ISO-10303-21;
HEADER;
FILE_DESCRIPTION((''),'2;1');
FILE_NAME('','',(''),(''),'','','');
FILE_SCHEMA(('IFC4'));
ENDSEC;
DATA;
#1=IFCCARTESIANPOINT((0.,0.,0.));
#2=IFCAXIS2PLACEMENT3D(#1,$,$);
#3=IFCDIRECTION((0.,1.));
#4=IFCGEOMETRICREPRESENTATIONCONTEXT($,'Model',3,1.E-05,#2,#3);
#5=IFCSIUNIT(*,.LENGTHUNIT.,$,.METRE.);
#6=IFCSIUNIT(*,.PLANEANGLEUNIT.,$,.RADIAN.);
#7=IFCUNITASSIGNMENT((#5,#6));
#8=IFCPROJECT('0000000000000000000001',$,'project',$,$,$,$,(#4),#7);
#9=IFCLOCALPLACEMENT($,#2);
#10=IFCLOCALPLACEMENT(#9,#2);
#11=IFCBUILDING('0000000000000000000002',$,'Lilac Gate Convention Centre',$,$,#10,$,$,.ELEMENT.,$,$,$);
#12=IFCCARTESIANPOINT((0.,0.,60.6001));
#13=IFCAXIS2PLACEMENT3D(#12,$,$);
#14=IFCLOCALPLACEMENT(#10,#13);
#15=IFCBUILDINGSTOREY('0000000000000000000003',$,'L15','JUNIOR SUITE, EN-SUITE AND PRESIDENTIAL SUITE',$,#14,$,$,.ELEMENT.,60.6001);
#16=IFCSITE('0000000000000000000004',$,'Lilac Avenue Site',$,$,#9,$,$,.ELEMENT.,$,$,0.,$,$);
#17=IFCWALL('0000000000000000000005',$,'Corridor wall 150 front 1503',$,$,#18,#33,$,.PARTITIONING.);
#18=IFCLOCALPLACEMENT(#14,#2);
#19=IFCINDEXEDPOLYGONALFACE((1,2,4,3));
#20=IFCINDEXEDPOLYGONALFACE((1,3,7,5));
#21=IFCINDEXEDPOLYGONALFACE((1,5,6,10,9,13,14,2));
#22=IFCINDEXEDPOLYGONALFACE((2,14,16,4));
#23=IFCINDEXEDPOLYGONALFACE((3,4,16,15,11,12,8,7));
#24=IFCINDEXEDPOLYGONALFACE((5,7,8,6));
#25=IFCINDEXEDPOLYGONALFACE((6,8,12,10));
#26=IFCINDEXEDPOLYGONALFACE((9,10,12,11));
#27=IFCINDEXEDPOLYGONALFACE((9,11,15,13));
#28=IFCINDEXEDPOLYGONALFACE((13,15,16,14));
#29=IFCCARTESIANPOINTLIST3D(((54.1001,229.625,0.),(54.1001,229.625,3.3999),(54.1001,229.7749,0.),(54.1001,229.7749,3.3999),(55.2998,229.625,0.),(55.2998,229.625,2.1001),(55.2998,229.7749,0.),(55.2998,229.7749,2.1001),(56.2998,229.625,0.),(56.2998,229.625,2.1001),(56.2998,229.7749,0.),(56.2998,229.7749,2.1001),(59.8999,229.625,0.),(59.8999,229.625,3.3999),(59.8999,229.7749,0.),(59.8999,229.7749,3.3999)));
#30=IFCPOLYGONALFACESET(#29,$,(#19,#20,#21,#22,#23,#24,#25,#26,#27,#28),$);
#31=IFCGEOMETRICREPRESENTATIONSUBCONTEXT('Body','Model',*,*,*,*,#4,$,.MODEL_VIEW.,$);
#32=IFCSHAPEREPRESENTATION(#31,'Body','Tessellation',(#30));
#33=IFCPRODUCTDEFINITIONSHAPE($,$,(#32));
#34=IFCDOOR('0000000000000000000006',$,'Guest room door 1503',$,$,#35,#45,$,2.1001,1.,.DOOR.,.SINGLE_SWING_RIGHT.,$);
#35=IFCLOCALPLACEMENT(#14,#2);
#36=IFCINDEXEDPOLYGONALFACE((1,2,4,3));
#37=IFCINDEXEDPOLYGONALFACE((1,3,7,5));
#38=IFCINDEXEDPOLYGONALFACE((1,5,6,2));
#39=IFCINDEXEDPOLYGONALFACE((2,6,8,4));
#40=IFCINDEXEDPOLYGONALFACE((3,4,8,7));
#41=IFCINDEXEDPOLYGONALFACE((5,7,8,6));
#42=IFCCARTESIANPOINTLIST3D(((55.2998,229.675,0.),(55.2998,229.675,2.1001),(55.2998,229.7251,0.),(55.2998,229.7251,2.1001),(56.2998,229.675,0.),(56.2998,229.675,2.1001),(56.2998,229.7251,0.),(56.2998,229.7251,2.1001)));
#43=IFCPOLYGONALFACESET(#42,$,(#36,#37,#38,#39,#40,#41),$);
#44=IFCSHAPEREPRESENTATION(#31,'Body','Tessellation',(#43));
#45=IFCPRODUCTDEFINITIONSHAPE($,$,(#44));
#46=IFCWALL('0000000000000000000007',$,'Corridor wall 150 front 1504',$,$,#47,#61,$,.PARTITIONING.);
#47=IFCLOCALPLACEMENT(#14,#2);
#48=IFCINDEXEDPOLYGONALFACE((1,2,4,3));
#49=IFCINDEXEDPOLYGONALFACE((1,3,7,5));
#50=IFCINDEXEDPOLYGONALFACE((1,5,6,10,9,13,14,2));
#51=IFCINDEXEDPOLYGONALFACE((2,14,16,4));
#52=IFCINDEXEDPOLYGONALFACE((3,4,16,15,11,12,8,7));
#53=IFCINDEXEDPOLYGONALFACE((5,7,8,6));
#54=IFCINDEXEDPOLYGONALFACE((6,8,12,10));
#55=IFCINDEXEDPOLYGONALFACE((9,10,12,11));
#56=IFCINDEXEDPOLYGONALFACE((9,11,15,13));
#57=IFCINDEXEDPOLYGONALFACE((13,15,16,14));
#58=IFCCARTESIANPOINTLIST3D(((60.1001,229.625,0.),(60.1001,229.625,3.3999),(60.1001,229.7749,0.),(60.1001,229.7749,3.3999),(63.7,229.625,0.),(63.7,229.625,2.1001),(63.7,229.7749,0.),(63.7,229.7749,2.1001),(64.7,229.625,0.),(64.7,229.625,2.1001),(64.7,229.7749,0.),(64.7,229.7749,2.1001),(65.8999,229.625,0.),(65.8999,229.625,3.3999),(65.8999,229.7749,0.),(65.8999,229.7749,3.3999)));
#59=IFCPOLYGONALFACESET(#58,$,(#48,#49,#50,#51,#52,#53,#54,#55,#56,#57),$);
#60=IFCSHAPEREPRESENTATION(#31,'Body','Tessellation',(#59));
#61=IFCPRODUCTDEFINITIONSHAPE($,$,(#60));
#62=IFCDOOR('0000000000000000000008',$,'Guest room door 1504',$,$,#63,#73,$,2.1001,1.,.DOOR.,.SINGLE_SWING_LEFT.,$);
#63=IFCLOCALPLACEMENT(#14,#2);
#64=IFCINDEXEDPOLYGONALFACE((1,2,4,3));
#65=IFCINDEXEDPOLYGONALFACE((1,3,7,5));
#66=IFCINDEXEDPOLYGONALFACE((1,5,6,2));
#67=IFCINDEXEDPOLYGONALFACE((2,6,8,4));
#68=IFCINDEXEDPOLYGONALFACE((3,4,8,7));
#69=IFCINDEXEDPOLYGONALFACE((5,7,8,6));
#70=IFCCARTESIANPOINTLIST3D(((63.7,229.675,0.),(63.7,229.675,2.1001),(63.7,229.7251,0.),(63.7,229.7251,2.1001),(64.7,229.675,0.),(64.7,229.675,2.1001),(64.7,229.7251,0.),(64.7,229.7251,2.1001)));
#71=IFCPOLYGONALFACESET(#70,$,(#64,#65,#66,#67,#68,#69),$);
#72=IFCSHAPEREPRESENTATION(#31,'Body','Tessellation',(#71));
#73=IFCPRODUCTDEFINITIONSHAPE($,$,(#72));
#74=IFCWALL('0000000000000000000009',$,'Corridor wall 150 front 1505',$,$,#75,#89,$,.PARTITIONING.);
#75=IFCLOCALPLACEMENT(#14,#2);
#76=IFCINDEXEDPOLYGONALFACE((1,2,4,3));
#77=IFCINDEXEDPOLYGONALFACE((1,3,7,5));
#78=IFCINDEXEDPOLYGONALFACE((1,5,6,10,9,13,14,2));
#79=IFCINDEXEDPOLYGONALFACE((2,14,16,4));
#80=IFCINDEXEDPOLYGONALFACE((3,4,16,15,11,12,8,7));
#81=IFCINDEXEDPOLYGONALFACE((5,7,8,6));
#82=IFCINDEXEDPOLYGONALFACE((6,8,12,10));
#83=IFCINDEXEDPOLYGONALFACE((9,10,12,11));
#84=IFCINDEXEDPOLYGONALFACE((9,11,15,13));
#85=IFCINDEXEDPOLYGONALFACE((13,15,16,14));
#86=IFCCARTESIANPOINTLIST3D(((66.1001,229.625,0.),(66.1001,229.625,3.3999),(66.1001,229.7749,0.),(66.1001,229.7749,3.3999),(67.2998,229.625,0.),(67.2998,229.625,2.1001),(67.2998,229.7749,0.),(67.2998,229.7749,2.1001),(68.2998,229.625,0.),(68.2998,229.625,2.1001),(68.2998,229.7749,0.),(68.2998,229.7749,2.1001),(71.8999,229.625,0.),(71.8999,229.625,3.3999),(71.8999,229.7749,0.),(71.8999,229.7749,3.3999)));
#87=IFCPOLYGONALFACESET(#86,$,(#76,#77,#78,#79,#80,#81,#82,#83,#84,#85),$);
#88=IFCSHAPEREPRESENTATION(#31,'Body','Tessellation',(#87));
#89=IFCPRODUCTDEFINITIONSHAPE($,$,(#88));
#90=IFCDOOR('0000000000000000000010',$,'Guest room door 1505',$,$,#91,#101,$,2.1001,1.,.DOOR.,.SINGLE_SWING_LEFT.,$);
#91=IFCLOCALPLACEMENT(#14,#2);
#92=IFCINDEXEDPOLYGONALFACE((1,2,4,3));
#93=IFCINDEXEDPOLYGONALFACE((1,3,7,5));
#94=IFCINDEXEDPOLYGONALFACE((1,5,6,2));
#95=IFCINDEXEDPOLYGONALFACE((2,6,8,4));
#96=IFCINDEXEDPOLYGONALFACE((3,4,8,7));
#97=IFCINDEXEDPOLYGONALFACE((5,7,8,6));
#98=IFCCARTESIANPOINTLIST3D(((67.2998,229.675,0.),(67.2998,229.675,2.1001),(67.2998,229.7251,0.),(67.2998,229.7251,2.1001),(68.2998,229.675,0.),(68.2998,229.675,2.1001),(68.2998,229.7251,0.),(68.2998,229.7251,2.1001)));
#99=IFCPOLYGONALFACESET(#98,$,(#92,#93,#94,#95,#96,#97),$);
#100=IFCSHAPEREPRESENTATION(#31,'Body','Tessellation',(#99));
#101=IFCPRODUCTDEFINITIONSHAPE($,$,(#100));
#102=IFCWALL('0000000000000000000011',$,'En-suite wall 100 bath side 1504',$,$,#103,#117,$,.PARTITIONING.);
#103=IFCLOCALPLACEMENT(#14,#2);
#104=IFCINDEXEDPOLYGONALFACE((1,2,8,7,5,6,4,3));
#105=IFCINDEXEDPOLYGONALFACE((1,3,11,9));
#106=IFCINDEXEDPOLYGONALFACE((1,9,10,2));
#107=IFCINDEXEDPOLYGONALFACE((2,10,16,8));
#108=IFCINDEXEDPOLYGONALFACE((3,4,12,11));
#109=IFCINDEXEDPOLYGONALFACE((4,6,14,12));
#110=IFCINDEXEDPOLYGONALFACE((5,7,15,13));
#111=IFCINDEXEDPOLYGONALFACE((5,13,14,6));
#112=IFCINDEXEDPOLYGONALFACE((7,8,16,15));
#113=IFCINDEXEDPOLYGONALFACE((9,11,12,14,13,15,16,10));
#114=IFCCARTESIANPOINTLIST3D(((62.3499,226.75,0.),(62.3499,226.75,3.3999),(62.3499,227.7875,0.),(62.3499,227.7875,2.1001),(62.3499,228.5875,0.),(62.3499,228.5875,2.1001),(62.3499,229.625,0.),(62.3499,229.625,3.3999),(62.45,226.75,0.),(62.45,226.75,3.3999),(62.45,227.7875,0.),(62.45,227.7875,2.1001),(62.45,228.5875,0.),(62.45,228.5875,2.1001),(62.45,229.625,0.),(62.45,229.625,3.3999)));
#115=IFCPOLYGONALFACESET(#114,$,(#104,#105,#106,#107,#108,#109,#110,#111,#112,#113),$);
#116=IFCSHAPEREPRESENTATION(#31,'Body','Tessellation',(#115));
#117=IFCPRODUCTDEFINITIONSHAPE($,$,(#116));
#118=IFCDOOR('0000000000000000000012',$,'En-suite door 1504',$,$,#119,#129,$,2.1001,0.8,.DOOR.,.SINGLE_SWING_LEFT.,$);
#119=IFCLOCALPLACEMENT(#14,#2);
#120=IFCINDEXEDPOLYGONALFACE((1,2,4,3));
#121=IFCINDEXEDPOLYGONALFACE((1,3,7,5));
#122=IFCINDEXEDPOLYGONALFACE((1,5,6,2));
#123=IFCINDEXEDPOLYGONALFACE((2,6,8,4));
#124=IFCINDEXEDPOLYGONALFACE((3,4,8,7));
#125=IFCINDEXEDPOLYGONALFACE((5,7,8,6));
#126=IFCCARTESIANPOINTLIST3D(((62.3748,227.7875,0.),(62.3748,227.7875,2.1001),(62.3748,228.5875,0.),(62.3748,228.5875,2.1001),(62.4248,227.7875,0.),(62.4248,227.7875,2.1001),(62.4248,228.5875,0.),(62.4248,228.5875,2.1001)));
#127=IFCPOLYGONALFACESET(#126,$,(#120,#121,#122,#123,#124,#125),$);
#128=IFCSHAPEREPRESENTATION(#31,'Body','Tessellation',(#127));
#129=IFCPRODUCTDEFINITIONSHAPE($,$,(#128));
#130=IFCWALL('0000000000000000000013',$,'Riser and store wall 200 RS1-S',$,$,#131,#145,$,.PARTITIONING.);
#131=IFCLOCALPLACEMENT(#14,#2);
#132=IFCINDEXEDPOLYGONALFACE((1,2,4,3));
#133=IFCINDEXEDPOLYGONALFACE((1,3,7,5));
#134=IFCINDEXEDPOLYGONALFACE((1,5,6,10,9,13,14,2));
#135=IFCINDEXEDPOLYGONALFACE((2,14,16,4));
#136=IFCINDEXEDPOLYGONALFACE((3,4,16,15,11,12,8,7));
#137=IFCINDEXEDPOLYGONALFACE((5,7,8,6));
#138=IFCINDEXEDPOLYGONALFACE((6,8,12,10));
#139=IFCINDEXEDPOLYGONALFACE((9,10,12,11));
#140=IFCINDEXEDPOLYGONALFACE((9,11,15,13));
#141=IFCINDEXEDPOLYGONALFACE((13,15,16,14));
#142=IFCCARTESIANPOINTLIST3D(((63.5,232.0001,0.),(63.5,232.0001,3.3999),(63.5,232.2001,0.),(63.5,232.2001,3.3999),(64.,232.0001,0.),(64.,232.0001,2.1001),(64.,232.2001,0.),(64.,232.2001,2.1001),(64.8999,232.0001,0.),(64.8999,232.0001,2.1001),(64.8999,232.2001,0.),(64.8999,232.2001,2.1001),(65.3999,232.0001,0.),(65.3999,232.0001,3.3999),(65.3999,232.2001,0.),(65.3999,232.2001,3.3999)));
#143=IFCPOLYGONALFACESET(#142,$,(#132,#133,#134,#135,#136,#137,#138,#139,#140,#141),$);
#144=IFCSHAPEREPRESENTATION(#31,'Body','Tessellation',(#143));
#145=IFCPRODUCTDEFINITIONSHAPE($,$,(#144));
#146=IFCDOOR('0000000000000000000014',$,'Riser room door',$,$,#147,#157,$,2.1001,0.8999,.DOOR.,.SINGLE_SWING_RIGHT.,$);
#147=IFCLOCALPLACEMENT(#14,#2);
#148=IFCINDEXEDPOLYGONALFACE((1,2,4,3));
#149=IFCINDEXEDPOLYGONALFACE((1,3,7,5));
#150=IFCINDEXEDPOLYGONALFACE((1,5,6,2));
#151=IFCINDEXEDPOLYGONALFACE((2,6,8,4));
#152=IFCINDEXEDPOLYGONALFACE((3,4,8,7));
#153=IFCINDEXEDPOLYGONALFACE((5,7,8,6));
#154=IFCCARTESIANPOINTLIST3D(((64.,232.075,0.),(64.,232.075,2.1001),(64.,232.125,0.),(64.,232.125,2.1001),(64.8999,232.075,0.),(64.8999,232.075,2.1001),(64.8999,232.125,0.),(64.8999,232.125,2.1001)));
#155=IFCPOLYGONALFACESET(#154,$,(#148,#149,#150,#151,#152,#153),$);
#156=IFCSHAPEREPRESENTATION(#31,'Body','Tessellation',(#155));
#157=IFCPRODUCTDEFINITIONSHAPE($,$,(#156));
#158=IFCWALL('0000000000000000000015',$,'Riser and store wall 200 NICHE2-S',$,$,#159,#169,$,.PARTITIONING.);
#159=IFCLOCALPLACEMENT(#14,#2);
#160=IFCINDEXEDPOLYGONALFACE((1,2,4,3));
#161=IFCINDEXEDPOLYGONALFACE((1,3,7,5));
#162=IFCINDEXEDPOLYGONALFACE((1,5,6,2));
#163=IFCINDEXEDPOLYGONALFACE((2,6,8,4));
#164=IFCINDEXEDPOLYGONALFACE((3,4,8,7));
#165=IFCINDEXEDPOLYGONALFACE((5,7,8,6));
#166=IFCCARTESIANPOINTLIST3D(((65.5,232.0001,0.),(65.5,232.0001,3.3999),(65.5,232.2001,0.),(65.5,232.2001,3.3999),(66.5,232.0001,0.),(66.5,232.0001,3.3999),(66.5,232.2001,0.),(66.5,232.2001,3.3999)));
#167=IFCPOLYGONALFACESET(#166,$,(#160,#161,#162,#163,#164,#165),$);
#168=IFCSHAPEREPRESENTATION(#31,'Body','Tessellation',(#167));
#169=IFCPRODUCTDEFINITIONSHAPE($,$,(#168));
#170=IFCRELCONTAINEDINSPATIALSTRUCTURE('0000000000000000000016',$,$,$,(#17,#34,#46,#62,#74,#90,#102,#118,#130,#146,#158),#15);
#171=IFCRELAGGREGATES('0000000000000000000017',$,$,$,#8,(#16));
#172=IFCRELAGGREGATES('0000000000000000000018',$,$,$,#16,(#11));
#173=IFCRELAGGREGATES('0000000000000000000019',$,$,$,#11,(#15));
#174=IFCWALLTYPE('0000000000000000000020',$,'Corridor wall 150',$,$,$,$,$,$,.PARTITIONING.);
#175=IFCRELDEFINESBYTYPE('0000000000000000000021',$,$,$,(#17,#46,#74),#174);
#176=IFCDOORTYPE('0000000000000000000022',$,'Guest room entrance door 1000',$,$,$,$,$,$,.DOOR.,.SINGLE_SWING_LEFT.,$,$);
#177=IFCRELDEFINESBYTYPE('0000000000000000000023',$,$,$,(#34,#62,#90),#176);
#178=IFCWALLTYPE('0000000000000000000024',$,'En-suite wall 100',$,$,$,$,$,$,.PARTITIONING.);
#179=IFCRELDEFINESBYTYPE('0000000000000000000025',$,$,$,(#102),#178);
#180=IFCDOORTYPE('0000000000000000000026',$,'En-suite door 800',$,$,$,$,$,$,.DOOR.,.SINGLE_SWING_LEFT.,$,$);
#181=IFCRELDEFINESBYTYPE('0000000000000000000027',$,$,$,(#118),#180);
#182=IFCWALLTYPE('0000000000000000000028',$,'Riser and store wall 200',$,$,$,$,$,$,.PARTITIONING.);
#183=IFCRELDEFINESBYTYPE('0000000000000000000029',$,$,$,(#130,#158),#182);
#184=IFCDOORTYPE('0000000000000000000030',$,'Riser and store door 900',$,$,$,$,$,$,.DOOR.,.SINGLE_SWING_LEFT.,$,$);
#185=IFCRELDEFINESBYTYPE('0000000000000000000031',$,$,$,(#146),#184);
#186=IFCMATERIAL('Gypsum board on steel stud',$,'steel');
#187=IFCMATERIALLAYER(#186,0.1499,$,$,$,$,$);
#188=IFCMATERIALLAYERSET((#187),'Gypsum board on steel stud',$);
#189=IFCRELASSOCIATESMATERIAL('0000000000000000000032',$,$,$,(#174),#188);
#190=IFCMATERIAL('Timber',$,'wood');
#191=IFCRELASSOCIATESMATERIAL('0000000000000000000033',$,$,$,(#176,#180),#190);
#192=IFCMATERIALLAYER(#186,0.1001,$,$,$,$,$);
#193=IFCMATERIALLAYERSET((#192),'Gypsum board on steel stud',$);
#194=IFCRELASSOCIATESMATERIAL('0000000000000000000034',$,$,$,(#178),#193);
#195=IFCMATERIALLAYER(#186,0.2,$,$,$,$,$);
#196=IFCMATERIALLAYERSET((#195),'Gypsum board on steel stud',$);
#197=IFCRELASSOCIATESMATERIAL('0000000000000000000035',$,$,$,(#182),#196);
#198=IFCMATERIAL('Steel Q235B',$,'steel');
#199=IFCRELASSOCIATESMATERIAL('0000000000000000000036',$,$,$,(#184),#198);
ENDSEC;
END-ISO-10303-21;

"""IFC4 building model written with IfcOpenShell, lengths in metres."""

from ifc_helpers import new_model, si_unit, direction, frame, frame_2d, origin, place, context, subcontext, project, spatial, rectangle, extrude, material, layer, layer_set, type_object, element, fill, save


model = new_model("IFC4")

# Units and contexts
model_context = context("Model", 3, precision=1e-05, world=origin(), true_north=direction((0.0, 1.0)))
body_context = subcontext(model_context, "Body", "Model", "MODEL_VIEW")
ifc_project = project(units=[si_unit("LENGTHUNIT", "METRE"), si_unit("PLANEANGLEUNIT", "RADIAN")], contexts=[model_context])

# Site, building, storey
site_placement = place(None, origin())
site = spatial("IfcSite", under=ifc_project, at=site_placement, Name="Lilac Avenue Site", CompositionType="ELEMENT", RefElevation=0.0)
building_placement = place(site_placement, origin())
building = spatial("IfcBuilding", under=site, at=building_placement, Name="Lilac Gate Convention Centre", CompositionType="ELEMENT")
storey_placement = place(building_placement, frame((0.0, 0.0, 60.6001)))
storey = spatial("IfcBuildingStorey", under=building, at=storey_placement, Name="L15", Description="JUNIOR SUITE, EN-SUITE AND PRESIDENTIAL SUITE", CompositionType="ELEMENT", Elevation=60.6001)

# Walls, openings, doors
ifc_material_1 = material(Name="Gypsum board on steel stud", Category="steel")
ifc_layer_1 = layer(ifc_material_1, 0.1499)
ifc_layer_set_1 = layer_set([ifc_layer_1], Name="Gypsum board on steel stud")
wall_type_1 = type_object("IfcWallType", Name="Corridor wall 150", PredefinedType="PARTITIONING", material=ifc_layer_set_1)
wall_1_placement = place(storey_placement, frame((59.8999, 229.7, 0.0), z_axis=(0.0, 0.0, 1.0), x_axis=(-1.0, 0.0, 0.0)))
wall_1 = element("IfcWall", 1, at=wall_1_placement, inside=storey, type_object=wall_type_1, Name="Corridor wall 150 front 1503", PredefinedType="PARTITIONING", context=body_context, shape_type="SweptSolid", body=[
    extrude(rectangle(XDim=5.7998, YDim=0.1499, at=frame_2d((2.8999, 0.0))), origin(), (0.0, 0.0, 1.0), 3.3999),
])
opening_1_placement = place(wall_1_placement, frame((3.6001, 0.0, 0.0)))
opening_1 = element("IfcOpeningElement", 2, at=opening_1_placement, cuts=wall_1, PredefinedType="OPENING", context=body_context, shape_type="SweptSolid", body=[
    extrude(rectangle(XDim=1.0, YDim=2.1001, at=frame_2d((0.5, 1.05))), frame((0.0, 0.085, 0.0), z_axis=(0.0, -1.0, 0.0), x_axis=(1.0, 0.0, 0.0)), (0.0, 0.0, 1.0), 0.1699),
])
ifc_material_2 = material(Name="Timber", Category="wood")
door_type_1 = type_object("IfcDoorType", Name="Guest room entrance door 1000", OperationType="SINGLE_SWING_LEFT", PredefinedType="DOOR", material=ifc_material_2)
door_1_placement = place(opening_1_placement, origin())
door_1 = element("IfcDoor", 3, at=door_1_placement, inside=storey, type_object=door_type_1, Name="Guest room door 1503", OperationType="SINGLE_SWING_RIGHT", OverallHeight=2.1001, OverallWidth=1.0, PredefinedType="DOOR", context=body_context, shape_type="SweptSolid", body=[
    extrude(rectangle(XDim=1.0, YDim=2.1001, at=frame_2d((0.5, 1.05))), frame((0.0, 0.0249, 0.0), z_axis=(0.0, -1.0, 0.0), x_axis=(1.0, 0.0, 0.0)), (0.0, 0.0, 1.0), 0.05),
])
fill(opening_1, door_1)
wall_2_placement = place(storey_placement, frame((65.8999, 229.7, 0.0), z_axis=(0.0, 0.0, 1.0), x_axis=(-1.0, 0.0, 0.0)))
wall_2 = element("IfcWall", 4, at=wall_2_placement, inside=storey, type_object=wall_type_1, Name="Corridor wall 150 front 1504", PredefinedType="PARTITIONING", context=body_context, shape_type="SweptSolid", body=[
    extrude(rectangle(XDim=5.7998, YDim=0.1499, at=frame_2d((2.8999, 0.0))), origin(), (0.0, 0.0, 1.0), 3.3999),
])
opening_2_placement = place(wall_2_placement, frame((1.2, 0.0, 0.0)))
opening_2 = element("IfcOpeningElement", 5, at=opening_2_placement, cuts=wall_2, PredefinedType="OPENING", context=body_context, shape_type="SweptSolid", body=[
    extrude(rectangle(XDim=1.0, YDim=2.1001, at=frame_2d((0.5, 1.05))), frame((0.0, 0.085, 0.0), z_axis=(0.0, -1.0, 0.0), x_axis=(1.0, 0.0, 0.0)), (0.0, 0.0, 1.0), 0.1699),
])
door_2_placement = place(opening_2_placement, origin())
door_2 = element("IfcDoor", 6, at=door_2_placement, inside=storey, type_object=door_type_1, Name="Guest room door 1504", OperationType="SINGLE_SWING_LEFT", OverallHeight=2.1001, OverallWidth=1.0, PredefinedType="DOOR", context=body_context, shape_type="SweptSolid", body=[
    extrude(rectangle(XDim=1.0, YDim=2.1001, at=frame_2d((0.5, 1.05))), frame((0.0, 0.0249, 0.0), z_axis=(0.0, -1.0, 0.0), x_axis=(1.0, 0.0, 0.0)), (0.0, 0.0, 1.0), 0.05),
])
fill(opening_2, door_2)
wall_3_placement = place(storey_placement, frame((71.8999, 229.7, 0.0), z_axis=(0.0, 0.0, 1.0), x_axis=(-1.0, 0.0, 0.0)))
wall_3 = element("IfcWall", 7, at=wall_3_placement, inside=storey, type_object=wall_type_1, Name="Corridor wall 150 front 1505", PredefinedType="PARTITIONING", context=body_context, shape_type="SweptSolid", body=[
    extrude(rectangle(XDim=5.7998, YDim=0.1499, at=frame_2d((2.8999, 0.0))), origin(), (0.0, 0.0, 1.0), 3.3999),
])
opening_3_placement = place(wall_3_placement, frame((3.6001, 0.0, 0.0)))
opening_3 = element("IfcOpeningElement", 8, at=opening_3_placement, cuts=wall_3, PredefinedType="OPENING", context=body_context, shape_type="SweptSolid", body=[
    extrude(rectangle(XDim=1.0, YDim=2.1001, at=frame_2d((0.5, 1.05))), frame((0.0, 0.085, 0.0), z_axis=(0.0, -1.0, 0.0), x_axis=(1.0, 0.0, 0.0)), (0.0, 0.0, 1.0), 0.1699),
])
door_3_placement = place(opening_3_placement, origin())
door_3 = element("IfcDoor", 9, at=door_3_placement, inside=storey, type_object=door_type_1, Name="Guest room door 1505", OperationType="SINGLE_SWING_LEFT", OverallHeight=2.1001, OverallWidth=1.0, PredefinedType="DOOR", context=body_context, shape_type="SweptSolid", body=[
    extrude(rectangle(XDim=1.0, YDim=2.1001, at=frame_2d((0.5, 1.05))), frame((0.0, 0.0249, 0.0), z_axis=(0.0, -1.0, 0.0), x_axis=(1.0, 0.0, 0.0)), (0.0, 0.0, 1.0), 0.05),
])
fill(opening_3, door_3)
ifc_layer_2 = layer(ifc_material_1, 0.1001)
ifc_layer_set_2 = layer_set([ifc_layer_2], Name="Gypsum board on steel stud")
wall_type_2 = type_object("IfcWallType", Name="En-suite wall 100", PredefinedType="PARTITIONING", material=ifc_layer_set_2)
wall_4_placement = place(storey_placement, frame((62.3999, 229.625, 0.0), z_axis=(0.0, 0.0, 1.0), x_axis=(0.0, -1.0, 0.0)))
wall_4 = element("IfcWall", 10, at=wall_4_placement, inside=storey, type_object=wall_type_2, Name="En-suite wall 100 bath side 1504", PredefinedType="PARTITIONING", context=body_context, shape_type="SweptSolid", body=[
    extrude(rectangle(XDim=2.875, YDim=0.1001, at=frame_2d((1.4375, 0.0))), origin(), (0.0, 0.0, 1.0), 3.3999),
])
opening_4_placement = place(wall_4_placement, frame((1.0376, 0.0, 0.0)))
opening_4 = element("IfcOpeningElement", 11, at=opening_4_placement, cuts=wall_4, PredefinedType="OPENING", context=body_context, shape_type="SweptSolid", body=[
    extrude(rectangle(XDim=0.8, YDim=2.1001, at=frame_2d((0.3999, 1.05))), frame((0.0, 0.0601, 0.0), z_axis=(0.0, -1.0, 0.0), x_axis=(1.0, 0.0, 0.0)), (0.0, 0.0, 1.0), 0.1201),
])
door_type_2 = type_object("IfcDoorType", Name="En-suite door 800", OperationType="SINGLE_SWING_LEFT", PredefinedType="DOOR", material=ifc_material_2)
door_4_placement = place(opening_4_placement, origin())
door_4 = element("IfcDoor", 12, at=door_4_placement, inside=storey, type_object=door_type_2, Name="En-suite door 1504", OperationType="SINGLE_SWING_LEFT", OverallHeight=2.1001, OverallWidth=0.8, PredefinedType="DOOR", context=body_context, shape_type="SweptSolid", body=[
    extrude(rectangle(XDim=0.8, YDim=2.1001, at=frame_2d((0.3999, 1.05))), frame((0.0, 0.0249, 0.0), z_axis=(0.0, -1.0, 0.0), x_axis=(1.0, 0.0, 0.0)), (0.0, 0.0, 1.0), 0.05),
])
fill(opening_4, door_4)
ifc_layer_3 = layer(ifc_material_1, 0.2)
ifc_layer_set_3 = layer_set([ifc_layer_3], Name="Gypsum board on steel stud")
wall_type_3 = type_object("IfcWallType", Name="Riser and store wall 200", PredefinedType="PARTITIONING", material=ifc_layer_set_3)
wall_5_placement = place(storey_placement, frame((63.5, 232.1001, 0.0), z_axis=(0.0, 0.0, 1.0), x_axis=(1.0, 0.0, 0.0)))
wall_5 = element("IfcWall", 13, at=wall_5_placement, inside=storey, type_object=wall_type_3, Name="Riser and store wall 200 RS1-S", PredefinedType="PARTITIONING", context=body_context, shape_type="SweptSolid", body=[
    extrude(rectangle(XDim=1.8999, YDim=0.2, at=frame_2d((0.95, 0.0))), origin(), (0.0, 0.0, 1.0), 3.3999),
])
opening_5_placement = place(wall_5_placement, frame((0.5, 0.0, 0.0)))
opening_5 = element("IfcOpeningElement", 14, at=opening_5_placement, cuts=wall_5, PredefinedType="OPENING", context=body_context, shape_type="SweptSolid", body=[
    extrude(rectangle(XDim=0.8999, YDim=2.1001, at=frame_2d((0.45, 1.05))), frame((0.0, 0.1099, 0.0), z_axis=(0.0, -1.0, 0.0), x_axis=(1.0, 0.0, 0.0)), (0.0, 0.0, 1.0), 0.22),
])
ifc_material_3 = material(Name="Steel Q235B", Category="steel")
door_type_3 = type_object("IfcDoorType", Name="Riser and store door 900", OperationType="SINGLE_SWING_LEFT", PredefinedType="DOOR", material=ifc_material_3)
door_5_placement = place(opening_5_placement, origin())
door_5 = element("IfcDoor", 15, at=door_5_placement, inside=storey, type_object=door_type_3, Name="Riser room door", OperationType="SINGLE_SWING_RIGHT", OverallHeight=2.1001, OverallWidth=0.8999, PredefinedType="DOOR", context=body_context, shape_type="SweptSolid", body=[
    extrude(rectangle(XDim=0.8999, YDim=2.1001, at=frame_2d((0.45, 1.05))), frame((0.0, 0.0249, 0.0), z_axis=(0.0, -1.0, 0.0), x_axis=(1.0, 0.0, 0.0)), (0.0, 0.0, 1.0), 0.05),
])
fill(opening_5, door_5)

# Wall
wall_6_placement = place(storey_placement, frame((65.5, 232.1001, 0.0), z_axis=(0.0, 0.0, 1.0), x_axis=(1.0, 0.0, 0.0)))
element("IfcWall", 16, at=wall_6_placement, inside=storey, type_object=wall_type_3, Name="Riser and store wall 200 NICHE2-S", PredefinedType="PARTITIONING", context=body_context, shape_type="SweptSolid", body=[
    extrude(rectangle(XDim=1.0, YDim=0.2, at=frame_2d((0.5, 0.0))), origin(), (0.0, 0.0, 1.0), 3.3999),
])

save(model, "model.ifc")
